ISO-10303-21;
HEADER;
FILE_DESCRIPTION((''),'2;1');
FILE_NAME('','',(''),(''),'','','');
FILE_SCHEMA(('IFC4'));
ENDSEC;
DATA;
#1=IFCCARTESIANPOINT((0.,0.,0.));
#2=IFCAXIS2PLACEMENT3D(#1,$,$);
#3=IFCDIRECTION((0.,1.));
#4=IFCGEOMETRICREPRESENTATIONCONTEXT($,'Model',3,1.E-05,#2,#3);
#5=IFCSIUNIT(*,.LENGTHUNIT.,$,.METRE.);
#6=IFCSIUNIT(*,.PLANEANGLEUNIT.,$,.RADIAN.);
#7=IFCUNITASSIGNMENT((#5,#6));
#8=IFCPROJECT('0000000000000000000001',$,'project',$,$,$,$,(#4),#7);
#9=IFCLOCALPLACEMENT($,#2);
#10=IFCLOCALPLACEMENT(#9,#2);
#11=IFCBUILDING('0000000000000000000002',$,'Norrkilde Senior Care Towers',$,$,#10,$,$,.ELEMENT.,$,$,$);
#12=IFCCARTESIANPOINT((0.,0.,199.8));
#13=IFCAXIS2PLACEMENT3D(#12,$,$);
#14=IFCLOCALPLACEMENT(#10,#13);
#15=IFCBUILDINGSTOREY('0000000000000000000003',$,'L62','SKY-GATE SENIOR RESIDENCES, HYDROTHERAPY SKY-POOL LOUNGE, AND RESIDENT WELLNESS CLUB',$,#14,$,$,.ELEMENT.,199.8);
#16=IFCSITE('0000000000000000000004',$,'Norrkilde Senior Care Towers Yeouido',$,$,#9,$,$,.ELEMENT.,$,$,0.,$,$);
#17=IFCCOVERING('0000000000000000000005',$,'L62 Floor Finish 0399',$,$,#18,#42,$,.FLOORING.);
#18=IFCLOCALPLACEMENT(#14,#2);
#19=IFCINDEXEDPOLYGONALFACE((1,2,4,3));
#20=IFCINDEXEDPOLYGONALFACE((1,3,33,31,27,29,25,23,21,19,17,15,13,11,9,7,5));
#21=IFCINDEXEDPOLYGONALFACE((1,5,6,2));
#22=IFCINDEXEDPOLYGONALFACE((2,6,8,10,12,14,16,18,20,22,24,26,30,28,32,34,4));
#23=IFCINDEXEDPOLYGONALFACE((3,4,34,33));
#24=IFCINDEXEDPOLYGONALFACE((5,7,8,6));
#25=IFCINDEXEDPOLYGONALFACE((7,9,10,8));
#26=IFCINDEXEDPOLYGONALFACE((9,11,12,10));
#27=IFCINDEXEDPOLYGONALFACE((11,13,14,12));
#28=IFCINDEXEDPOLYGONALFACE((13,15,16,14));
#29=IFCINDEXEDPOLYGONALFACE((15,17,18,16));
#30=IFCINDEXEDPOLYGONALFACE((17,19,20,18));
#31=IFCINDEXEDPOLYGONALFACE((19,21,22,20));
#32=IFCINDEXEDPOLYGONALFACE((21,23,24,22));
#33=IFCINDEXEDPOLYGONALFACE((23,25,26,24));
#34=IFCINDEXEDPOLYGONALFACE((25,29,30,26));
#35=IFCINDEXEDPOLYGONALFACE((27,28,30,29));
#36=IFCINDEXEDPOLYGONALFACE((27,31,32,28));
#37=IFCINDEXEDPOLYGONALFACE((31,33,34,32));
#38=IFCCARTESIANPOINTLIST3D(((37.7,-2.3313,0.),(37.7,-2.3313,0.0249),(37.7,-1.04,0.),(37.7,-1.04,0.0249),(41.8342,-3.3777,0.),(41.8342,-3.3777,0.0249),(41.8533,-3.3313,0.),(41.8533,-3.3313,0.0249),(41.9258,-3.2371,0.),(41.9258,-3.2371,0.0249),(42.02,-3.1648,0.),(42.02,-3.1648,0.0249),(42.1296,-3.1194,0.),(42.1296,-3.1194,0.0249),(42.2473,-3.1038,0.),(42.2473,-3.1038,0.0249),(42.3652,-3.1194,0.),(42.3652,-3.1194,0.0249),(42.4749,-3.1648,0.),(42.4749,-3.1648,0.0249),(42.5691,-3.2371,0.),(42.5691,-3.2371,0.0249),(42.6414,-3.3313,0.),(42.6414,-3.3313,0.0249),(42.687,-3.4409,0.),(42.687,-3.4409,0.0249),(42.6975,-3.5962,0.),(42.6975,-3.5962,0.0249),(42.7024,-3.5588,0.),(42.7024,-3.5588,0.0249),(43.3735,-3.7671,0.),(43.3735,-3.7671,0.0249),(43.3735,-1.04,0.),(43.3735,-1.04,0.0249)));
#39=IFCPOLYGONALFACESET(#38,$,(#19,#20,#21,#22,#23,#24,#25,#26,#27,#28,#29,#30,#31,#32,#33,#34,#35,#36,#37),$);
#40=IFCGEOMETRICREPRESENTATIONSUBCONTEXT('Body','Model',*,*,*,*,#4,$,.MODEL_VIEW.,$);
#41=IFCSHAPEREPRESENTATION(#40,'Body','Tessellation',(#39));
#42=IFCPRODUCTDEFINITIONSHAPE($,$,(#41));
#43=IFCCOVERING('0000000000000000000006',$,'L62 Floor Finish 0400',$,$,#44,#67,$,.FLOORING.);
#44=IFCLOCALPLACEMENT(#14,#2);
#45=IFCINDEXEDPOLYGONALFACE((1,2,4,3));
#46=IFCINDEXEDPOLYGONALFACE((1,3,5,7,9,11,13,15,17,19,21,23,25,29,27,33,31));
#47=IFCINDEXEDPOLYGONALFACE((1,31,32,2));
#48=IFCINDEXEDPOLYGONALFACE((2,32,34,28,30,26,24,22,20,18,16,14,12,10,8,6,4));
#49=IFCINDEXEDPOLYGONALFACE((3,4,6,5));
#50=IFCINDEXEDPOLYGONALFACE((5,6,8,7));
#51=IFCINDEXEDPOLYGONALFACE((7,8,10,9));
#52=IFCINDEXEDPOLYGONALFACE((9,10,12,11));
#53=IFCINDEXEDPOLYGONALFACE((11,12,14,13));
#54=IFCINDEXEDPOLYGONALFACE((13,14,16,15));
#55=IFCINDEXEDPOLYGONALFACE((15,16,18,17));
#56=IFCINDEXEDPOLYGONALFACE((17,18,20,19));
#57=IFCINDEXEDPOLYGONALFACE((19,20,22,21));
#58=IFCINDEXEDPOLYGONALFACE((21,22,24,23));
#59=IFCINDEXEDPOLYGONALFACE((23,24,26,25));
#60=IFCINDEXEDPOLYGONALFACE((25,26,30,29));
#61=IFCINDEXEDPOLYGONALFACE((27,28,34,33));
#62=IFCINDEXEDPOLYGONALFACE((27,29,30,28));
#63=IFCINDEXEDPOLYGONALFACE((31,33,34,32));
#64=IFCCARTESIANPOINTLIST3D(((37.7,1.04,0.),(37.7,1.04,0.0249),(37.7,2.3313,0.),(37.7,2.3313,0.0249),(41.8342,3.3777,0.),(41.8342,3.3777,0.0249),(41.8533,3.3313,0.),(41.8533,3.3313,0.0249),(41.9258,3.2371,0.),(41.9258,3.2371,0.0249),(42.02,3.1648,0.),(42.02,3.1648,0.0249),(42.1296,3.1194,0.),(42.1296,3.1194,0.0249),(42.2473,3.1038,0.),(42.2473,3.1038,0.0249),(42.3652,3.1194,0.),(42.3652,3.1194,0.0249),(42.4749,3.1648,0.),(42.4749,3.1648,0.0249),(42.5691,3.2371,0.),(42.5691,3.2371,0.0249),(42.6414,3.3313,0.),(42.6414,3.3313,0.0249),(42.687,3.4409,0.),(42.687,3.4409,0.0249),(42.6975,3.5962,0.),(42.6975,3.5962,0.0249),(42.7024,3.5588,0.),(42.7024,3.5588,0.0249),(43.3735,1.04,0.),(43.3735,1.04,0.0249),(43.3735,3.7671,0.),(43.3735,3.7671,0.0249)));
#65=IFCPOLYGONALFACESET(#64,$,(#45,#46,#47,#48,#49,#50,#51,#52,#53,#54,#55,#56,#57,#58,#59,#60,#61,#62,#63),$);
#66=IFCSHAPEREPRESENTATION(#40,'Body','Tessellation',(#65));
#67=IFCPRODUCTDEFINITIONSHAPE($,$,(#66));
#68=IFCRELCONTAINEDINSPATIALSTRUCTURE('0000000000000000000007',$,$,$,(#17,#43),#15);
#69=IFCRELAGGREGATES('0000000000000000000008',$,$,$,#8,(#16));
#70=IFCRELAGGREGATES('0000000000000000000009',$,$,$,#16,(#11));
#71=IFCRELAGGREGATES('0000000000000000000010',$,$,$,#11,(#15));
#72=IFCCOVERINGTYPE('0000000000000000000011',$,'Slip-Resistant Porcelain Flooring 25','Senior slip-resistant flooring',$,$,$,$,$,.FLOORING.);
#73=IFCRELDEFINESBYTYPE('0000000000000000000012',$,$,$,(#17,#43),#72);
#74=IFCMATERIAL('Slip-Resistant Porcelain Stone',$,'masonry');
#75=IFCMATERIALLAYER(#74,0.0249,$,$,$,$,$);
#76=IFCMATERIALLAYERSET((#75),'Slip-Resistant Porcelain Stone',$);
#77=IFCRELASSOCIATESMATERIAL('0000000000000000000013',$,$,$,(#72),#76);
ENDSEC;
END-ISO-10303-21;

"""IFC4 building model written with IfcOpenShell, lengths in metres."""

from ifc_helpers import new_model, si_unit, direction, frame, origin, place, context, subcontext, project, spatial, polyline, outline, extrude, material, layer, layer_set, type_object, element, save


model = new_model("IFC4")

# Units and contexts
model_context = context("Model", 3, precision=1e-05, world=origin(), true_north=direction((0.0, 1.0)))
body_context = subcontext(model_context, "Body", "Model", "MODEL_VIEW")
ifc_project = project(units=[si_unit("LENGTHUNIT", "METRE"), si_unit("PLANEANGLEUNIT", "RADIAN")], contexts=[model_context])

# Site, building, storey
site_placement = place(None, origin())
site = spatial("IfcSite", under=ifc_project, at=site_placement, Name="Norrkilde Senior Care Towers Yeouido", CompositionType="ELEMENT", RefElevation=0.0)
building_placement = place(site_placement, origin())
building = spatial("IfcBuilding", under=site, at=building_placement, Name="Norrkilde Senior Care Towers", CompositionType="ELEMENT")
storey_placement = place(building_placement, frame((0.0, 0.0, 199.8)))
storey = spatial("IfcBuildingStorey", under=building, at=storey_placement, Name="L62", Description="SKY-GATE SENIOR RESIDENCES, HYDROTHERAPY SKY-POOL LOUNGE, AND RESIDENT WELLNESS CLUB", CompositionType="ELEMENT", Elevation=199.8)

# Coverings
ifc_material_1 = material(Name="Slip-Resistant Porcelain Stone", Category="masonry")
ifc_layer_1 = layer(ifc_material_1, 0.0249)
ifc_layer_set_1 = layer_set([ifc_layer_1], Name="Slip-Resistant Porcelain Stone")
covering_type_1 = type_object("IfcCoveringType", Name="Slip-Resistant Porcelain Flooring 25", Description="Senior slip-resistant flooring", PredefinedType="FLOORING", material=ifc_layer_set_1)
covering_1_placement = place(storey_placement, origin())
element("IfcCovering", 1, at=covering_1_placement, inside=storey, type_object=covering_type_1, Name="L62 Floor Finish 0399", PredefinedType="FLOORING", context=body_context, shape_type="SweptSolid", body=[
    extrude(outline(polyline([(43.3735, -3.7671), (42.6975, -3.5962), (42.7024, -3.5588), (42.687, -3.4409), (42.6414, -3.3313), (42.5691, -3.2371), (42.4749, -3.1648), (42.3652, -3.1194), (42.2473, -3.1038), (42.1296, -3.1194), (42.02, -3.1648), (41.9258, -3.2371), (41.8533, -3.3313), (41.8342, -3.3777), (37.7, -2.3313), (37.7, -1.04), (43.3735, -1.04), (43.3735, -3.7671)])), origin(), (0.0, 0.0, 1.0), 0.0249),
])
covering_2_placement = place(storey_placement, origin())
element("IfcCovering", 2, at=covering_2_placement, inside=storey, type_object=covering_type_1, Name="L62 Floor Finish 0400", PredefinedType="FLOORING", context=body_context, shape_type="SweptSolid", body=[
    extrude(outline(polyline([(43.3735, 1.04), (37.7, 1.04), (37.7, 2.3313), (41.8342, 3.3777), (41.8533, 3.3313), (41.9258, 3.2371), (42.02, 3.1648), (42.1296, 3.1194), (42.2473, 3.1038), (42.3652, 3.1194), (42.4749, 3.1648), (42.5691, 3.2371), (42.6414, 3.3313), (42.687, 3.4409), (42.7024, 3.5588), (42.6975, 3.5962), (43.3735, 3.7671), (43.3735, 1.04)])), origin(), (0.0, 0.0, 1.0), 0.0249),
])

save(model, "model.ifc")
